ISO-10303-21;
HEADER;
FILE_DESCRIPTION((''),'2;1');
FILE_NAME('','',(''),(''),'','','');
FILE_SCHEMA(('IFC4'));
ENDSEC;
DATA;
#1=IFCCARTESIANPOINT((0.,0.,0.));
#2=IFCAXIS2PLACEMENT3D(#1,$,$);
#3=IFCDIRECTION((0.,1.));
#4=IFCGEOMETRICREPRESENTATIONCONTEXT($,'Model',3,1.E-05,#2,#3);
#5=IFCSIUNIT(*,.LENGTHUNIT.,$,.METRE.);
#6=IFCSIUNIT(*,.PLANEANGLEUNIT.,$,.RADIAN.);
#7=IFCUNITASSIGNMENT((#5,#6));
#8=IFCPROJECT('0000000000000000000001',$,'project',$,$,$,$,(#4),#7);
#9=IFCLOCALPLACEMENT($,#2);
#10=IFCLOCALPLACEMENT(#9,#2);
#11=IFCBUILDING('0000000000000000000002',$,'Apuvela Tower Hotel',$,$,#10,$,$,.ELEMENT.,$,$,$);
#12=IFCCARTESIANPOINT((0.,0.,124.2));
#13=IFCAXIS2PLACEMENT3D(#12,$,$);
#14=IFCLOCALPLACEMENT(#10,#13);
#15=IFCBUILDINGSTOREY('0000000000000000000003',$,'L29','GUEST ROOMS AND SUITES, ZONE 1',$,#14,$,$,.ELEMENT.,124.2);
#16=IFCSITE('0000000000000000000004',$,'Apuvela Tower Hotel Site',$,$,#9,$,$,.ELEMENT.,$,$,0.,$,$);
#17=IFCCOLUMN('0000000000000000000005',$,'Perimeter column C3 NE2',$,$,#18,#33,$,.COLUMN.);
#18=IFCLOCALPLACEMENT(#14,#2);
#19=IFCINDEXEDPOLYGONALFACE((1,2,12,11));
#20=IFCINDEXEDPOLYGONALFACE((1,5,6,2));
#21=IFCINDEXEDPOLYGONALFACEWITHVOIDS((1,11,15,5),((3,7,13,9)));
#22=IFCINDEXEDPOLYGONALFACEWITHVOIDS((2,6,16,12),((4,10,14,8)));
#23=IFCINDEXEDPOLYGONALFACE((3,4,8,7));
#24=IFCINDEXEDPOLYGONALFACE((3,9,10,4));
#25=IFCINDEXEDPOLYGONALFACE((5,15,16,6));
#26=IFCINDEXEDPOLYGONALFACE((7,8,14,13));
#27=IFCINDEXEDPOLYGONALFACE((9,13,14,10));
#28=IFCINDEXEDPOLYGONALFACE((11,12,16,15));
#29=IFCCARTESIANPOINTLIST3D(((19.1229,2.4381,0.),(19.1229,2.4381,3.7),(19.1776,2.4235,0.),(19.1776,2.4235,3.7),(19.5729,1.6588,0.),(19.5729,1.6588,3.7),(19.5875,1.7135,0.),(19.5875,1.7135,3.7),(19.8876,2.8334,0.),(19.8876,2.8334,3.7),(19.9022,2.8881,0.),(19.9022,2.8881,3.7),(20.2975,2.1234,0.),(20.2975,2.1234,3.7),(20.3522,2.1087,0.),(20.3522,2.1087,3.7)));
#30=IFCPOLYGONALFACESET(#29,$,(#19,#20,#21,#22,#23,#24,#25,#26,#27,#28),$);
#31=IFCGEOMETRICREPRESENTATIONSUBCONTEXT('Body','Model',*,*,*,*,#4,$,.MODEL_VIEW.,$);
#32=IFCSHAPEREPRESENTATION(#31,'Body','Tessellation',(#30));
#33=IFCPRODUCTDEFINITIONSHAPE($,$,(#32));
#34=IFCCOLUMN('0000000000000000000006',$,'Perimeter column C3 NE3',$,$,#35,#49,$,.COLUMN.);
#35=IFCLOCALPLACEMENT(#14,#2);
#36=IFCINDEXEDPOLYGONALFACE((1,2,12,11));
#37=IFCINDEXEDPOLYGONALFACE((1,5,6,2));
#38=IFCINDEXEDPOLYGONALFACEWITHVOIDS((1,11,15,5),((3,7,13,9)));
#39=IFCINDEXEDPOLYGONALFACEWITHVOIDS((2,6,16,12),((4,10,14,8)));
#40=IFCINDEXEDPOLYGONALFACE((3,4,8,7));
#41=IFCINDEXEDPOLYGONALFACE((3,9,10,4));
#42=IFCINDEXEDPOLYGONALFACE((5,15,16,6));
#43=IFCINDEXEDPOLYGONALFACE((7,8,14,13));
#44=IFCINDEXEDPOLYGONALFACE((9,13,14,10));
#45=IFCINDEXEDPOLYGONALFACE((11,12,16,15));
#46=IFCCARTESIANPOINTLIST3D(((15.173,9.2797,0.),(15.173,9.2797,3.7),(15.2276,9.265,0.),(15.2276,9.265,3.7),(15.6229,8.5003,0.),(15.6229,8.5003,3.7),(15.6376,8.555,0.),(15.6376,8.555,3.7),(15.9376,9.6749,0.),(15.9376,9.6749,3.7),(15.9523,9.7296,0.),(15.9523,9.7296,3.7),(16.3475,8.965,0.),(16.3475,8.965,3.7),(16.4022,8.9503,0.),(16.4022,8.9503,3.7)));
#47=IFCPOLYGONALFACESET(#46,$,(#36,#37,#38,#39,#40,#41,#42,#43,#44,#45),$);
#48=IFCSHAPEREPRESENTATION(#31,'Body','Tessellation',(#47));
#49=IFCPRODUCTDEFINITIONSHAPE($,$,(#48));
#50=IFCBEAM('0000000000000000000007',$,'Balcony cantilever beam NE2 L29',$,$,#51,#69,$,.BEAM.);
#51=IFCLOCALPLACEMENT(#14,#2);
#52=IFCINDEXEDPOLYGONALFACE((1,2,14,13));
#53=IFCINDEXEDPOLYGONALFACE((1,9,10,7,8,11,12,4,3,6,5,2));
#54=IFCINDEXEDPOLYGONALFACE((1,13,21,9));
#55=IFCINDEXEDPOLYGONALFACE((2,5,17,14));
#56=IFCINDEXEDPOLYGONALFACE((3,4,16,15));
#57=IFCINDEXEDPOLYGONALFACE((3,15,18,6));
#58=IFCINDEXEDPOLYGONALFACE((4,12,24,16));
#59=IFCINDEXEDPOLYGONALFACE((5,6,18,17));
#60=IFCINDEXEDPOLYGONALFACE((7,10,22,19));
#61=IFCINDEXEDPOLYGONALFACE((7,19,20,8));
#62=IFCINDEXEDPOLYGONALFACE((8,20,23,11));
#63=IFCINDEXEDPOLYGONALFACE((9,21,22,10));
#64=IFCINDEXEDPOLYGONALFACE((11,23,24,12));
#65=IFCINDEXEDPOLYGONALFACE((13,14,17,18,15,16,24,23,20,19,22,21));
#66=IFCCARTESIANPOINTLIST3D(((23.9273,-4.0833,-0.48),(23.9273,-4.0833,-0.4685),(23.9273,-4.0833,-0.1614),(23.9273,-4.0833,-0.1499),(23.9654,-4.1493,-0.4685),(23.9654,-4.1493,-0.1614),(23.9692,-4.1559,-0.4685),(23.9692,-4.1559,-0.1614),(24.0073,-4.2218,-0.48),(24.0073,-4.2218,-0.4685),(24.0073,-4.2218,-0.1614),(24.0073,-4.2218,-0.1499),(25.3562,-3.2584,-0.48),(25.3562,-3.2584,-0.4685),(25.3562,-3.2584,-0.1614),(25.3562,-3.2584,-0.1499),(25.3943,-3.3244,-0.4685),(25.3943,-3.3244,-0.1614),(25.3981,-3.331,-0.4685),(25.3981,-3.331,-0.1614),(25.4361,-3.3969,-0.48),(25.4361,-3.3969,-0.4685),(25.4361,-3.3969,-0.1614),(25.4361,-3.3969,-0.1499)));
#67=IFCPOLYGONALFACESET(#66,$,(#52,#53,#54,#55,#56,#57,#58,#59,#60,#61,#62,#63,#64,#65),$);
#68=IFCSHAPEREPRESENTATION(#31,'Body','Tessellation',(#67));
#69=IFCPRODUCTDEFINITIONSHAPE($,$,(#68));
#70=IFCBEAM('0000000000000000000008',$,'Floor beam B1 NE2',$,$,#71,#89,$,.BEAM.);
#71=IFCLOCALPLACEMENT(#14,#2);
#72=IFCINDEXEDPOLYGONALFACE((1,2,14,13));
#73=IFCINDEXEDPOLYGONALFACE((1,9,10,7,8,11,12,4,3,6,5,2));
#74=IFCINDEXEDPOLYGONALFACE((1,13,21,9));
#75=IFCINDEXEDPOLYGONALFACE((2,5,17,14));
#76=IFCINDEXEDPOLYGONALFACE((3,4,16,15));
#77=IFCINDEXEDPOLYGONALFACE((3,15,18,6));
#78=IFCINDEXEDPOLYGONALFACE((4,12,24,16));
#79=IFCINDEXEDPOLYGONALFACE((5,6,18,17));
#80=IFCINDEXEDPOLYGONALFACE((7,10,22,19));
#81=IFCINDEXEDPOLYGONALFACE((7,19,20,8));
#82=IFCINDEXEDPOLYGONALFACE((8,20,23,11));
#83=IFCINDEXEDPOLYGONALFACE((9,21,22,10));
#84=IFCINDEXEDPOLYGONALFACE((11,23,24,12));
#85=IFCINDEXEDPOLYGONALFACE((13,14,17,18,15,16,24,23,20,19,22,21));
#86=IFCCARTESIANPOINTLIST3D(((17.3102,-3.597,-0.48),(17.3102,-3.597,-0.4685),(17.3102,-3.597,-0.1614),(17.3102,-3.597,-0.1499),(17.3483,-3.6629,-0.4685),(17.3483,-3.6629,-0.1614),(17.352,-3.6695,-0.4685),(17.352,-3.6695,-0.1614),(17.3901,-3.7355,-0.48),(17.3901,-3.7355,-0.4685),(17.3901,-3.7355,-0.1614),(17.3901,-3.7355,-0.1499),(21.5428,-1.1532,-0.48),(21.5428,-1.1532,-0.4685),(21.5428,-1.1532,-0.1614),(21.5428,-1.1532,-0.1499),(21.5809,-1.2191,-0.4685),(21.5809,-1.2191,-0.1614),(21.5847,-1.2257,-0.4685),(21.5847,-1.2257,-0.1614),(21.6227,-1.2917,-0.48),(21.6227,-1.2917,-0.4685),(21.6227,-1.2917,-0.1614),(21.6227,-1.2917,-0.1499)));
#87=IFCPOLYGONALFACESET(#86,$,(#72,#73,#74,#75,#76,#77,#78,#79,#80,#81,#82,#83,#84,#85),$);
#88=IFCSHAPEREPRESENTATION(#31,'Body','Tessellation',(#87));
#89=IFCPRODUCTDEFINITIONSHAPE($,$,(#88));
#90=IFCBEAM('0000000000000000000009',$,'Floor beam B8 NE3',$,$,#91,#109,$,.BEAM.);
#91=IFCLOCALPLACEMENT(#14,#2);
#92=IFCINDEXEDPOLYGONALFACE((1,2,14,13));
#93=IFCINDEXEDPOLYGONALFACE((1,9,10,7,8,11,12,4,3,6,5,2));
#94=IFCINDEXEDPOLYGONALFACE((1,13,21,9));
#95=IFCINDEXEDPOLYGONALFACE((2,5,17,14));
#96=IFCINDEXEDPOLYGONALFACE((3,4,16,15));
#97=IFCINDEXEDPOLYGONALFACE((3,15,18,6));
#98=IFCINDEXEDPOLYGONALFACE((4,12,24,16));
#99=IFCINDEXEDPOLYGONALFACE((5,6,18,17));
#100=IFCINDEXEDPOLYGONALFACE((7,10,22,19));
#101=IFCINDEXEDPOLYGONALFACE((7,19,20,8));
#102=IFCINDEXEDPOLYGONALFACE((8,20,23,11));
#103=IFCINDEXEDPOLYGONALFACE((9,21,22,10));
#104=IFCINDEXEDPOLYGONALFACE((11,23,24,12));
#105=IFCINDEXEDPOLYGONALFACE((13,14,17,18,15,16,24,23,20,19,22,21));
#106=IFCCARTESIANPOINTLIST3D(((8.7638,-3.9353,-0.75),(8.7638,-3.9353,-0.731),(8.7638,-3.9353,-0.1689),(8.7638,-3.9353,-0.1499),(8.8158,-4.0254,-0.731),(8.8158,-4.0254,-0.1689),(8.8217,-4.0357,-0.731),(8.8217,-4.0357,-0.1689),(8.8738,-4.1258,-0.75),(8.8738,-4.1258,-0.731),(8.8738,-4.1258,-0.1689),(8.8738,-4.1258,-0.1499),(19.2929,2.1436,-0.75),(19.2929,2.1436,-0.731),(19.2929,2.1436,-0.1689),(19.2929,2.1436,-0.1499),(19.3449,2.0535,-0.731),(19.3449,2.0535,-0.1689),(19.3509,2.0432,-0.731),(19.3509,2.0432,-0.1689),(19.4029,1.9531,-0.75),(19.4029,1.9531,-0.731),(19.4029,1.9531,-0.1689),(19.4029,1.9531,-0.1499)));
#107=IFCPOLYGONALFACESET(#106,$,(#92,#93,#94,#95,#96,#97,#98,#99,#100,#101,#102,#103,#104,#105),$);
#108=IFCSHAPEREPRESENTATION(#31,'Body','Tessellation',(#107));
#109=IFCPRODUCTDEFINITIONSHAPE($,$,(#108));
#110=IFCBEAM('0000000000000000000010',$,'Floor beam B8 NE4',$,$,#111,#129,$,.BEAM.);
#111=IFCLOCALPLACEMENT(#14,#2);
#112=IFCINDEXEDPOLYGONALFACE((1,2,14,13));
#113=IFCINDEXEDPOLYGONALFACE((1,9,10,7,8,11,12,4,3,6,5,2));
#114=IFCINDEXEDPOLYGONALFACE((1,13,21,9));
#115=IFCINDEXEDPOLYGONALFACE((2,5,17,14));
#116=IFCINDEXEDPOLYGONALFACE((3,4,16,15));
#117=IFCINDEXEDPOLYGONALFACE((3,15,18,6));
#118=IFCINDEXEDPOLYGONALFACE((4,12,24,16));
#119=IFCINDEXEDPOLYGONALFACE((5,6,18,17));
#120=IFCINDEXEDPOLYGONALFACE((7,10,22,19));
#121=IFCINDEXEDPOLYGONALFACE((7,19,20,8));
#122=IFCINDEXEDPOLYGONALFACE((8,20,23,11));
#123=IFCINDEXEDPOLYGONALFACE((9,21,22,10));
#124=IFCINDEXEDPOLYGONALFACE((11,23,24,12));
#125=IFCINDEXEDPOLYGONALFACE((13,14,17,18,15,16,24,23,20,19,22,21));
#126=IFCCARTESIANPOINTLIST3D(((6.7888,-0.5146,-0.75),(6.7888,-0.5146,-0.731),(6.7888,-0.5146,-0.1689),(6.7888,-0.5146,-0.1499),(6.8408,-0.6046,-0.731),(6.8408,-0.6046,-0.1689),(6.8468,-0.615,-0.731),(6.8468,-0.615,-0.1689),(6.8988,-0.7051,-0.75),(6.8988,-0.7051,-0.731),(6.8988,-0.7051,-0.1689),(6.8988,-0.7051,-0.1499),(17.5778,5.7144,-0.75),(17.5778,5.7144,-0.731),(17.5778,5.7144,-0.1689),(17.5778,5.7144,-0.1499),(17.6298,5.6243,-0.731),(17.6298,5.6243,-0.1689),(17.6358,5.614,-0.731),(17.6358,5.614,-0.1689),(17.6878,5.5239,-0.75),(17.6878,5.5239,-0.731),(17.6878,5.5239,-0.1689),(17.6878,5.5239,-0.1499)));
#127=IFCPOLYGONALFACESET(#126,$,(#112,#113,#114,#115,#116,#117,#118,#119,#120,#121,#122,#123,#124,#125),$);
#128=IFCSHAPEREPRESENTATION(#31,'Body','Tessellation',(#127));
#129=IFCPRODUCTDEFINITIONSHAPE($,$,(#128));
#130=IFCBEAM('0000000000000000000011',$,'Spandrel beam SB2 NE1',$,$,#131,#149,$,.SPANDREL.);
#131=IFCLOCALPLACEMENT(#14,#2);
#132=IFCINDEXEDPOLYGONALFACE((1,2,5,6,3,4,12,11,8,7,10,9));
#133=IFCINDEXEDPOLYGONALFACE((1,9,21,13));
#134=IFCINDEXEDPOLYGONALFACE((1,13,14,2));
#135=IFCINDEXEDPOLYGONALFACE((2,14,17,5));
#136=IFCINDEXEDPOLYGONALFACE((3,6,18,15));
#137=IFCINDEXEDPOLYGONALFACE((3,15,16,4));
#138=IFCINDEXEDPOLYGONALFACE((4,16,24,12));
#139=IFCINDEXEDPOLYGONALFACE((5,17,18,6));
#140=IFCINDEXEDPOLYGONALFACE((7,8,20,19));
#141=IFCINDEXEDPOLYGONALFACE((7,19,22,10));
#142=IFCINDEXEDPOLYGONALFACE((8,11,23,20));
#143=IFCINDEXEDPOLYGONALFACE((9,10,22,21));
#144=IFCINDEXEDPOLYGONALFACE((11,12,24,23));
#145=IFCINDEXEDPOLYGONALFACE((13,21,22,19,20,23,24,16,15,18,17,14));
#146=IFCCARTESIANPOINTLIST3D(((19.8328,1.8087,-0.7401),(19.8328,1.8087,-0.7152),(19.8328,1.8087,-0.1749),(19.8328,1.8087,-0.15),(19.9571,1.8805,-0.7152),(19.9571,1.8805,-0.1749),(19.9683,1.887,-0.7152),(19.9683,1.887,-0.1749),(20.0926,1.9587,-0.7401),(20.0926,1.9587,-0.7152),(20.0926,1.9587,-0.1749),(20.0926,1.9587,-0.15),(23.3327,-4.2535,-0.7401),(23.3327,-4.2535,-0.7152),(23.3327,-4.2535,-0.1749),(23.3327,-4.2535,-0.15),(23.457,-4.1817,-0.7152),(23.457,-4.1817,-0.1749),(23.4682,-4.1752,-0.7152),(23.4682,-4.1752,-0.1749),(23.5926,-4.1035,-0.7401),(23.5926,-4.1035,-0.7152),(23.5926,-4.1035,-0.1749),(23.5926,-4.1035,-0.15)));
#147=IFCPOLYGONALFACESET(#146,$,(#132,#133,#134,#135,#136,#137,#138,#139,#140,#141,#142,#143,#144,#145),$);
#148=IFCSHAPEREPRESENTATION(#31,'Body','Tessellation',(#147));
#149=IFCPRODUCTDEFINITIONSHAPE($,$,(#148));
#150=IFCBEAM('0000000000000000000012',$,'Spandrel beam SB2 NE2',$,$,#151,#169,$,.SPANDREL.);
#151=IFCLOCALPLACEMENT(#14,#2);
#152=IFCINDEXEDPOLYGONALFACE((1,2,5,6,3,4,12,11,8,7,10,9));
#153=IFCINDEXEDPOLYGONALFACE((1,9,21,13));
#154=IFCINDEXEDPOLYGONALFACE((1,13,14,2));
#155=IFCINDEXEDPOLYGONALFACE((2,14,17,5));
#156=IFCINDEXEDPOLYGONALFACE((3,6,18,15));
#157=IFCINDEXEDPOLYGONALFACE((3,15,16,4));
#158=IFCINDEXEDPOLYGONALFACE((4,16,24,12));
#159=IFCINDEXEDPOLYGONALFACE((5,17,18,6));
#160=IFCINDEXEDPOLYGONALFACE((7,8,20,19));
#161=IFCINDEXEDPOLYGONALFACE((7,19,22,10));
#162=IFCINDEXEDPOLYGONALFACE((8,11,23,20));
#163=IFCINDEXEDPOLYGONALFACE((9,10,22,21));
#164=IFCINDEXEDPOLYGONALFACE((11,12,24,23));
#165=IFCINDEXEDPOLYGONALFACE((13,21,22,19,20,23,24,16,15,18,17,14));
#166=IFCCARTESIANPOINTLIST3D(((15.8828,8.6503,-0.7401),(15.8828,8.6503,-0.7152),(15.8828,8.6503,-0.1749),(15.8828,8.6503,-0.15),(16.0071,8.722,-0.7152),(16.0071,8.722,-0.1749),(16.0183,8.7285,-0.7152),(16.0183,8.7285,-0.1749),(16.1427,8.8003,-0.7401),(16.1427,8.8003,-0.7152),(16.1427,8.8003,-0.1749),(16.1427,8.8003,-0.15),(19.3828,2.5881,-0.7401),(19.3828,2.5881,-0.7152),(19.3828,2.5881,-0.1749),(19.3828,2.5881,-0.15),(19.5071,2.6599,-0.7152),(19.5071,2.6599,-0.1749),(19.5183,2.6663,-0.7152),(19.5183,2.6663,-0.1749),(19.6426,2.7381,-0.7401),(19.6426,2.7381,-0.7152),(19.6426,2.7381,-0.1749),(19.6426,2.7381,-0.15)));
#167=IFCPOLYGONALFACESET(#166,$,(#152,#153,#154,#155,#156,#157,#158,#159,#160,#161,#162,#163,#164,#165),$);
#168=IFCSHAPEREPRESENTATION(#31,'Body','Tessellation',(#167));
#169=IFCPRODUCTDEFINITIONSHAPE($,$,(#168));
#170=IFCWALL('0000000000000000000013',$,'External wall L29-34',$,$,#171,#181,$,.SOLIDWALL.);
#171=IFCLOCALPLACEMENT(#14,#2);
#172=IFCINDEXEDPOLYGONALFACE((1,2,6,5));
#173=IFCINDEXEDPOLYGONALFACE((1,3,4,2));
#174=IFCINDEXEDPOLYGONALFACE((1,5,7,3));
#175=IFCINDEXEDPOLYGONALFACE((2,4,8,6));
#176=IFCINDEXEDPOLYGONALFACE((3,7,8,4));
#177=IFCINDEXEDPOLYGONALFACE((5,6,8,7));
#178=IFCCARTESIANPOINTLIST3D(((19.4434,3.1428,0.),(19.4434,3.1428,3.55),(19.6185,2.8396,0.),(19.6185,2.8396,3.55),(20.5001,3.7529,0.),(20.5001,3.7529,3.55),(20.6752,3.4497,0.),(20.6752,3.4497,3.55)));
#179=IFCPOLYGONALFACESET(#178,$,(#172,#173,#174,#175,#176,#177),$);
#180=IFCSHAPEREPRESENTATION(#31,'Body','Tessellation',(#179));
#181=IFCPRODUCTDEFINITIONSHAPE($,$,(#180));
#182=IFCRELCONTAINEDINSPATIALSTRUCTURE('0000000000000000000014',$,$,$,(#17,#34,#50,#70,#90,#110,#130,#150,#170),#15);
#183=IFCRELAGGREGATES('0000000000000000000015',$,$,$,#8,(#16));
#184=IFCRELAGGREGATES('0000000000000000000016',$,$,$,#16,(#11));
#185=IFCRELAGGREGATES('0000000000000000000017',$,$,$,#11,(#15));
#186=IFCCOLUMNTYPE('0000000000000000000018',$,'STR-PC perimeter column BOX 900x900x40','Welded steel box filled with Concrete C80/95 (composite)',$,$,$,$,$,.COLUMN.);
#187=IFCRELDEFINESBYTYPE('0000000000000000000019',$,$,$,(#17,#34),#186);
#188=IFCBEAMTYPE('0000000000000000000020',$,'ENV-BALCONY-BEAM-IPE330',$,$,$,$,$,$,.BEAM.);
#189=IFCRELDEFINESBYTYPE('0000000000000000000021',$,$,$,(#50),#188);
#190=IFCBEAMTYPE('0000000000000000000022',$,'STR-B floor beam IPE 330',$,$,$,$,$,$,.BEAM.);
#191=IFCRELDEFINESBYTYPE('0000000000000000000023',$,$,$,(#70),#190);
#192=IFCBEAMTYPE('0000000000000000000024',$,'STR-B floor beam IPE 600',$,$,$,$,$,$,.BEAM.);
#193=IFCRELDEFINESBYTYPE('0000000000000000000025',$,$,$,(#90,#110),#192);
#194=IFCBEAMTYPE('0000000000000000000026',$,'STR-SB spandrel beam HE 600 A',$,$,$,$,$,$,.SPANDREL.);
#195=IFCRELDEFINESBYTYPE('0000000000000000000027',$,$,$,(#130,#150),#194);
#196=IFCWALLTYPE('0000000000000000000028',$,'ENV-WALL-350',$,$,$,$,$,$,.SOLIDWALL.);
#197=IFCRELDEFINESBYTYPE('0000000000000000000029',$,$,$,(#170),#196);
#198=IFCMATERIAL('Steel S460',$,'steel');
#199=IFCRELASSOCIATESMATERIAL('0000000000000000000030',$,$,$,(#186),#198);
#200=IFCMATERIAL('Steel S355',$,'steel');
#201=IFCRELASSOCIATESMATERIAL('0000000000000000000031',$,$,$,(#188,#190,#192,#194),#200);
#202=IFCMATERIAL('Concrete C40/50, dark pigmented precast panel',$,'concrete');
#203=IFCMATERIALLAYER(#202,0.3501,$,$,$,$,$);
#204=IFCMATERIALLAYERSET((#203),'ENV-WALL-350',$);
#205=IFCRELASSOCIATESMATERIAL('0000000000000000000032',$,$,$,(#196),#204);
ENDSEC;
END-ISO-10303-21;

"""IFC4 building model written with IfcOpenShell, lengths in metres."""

from ifc_helpers import new_model, si_unit, direction, frame, frame_2d, origin, origin_2d, place, context, subcontext, project, spatial, rectangle, hollow_rectangle, i_section, extrude, material, layer, layer_set, material_profile, profile_set, type_object, element, save


model = new_model("IFC4")

# Units and contexts
model_context = context("Model", 3, precision=1e-05, world=origin(), true_north=direction((0.0, 1.0)))
body_context = subcontext(model_context, "Body", "Model", "MODEL_VIEW")
ifc_project = project(units=[si_unit("LENGTHUNIT", "METRE"), si_unit("PLANEANGLEUNIT", "RADIAN")], contexts=[model_context])

# Site, building, storey
site_placement = place(None, origin())
site = spatial("IfcSite", under=ifc_project, at=site_placement, Name="Apuvela Tower Hotel Site", CompositionType="ELEMENT", RefElevation=0.0)
building_placement = place(site_placement, origin())
building = spatial("IfcBuilding", under=site, at=building_placement, Name="Apuvela Tower Hotel", CompositionType="ELEMENT")
storey_placement = place(building_placement, frame((0.0, 0.0, 124.2)))
storey = spatial("IfcBuildingStorey", under=building, at=storey_placement, Name="L29", Description="GUEST ROOMS AND SUITES, ZONE 1", CompositionType="ELEMENT", Elevation=124.2)

# Columns
ifc_material_1 = material(Name="Steel S460", Category="steel")
ifc_material_profile_1 = material_profile(ifc_material_1, hollow_rectangle(XDim=0.8999, YDim=0.8999, WallThickness=0.04, at=origin_2d()), Name="BOX 900x900x40")
ifc_material_2 = material(Name="Concrete C80/95", Category="concrete")
ifc_material_profile_2 = material_profile(ifc_material_2, rectangle(XDim=0.8201, YDim=0.8201, at=origin_2d()), Name="Concrete C80/95 infill")
ifc_profile_set_1 = profile_set([ifc_material_profile_1, ifc_material_profile_2], Name="Steel S460")
column_type = type_object("IfcColumnType", Name="STR-PC perimeter column BOX 900x900x40", Description="Welded steel box filled with Concrete C80/95 (composite)", PredefinedType="COLUMN", material=ifc_profile_set_1)
for number, where, z_axis, x_axis, name in (
    (1, (19.7375, 2.2734, 0.0), (0.0, 0.0, 1.0), (-0.5, 0.866025, 0.0), "Perimeter column C3 NE2"),
    (2, (15.7876, 9.115, 0.0), (0.0, 0.0, 1.0), (-0.5, 0.866025, 0.0), "Perimeter column C3 NE3"),
):
    element("IfcColumn", number, at=place(storey_placement, frame(where, z_axis=z_axis, x_axis=x_axis)), inside=storey, type_object=column_type, Name=name, PredefinedType="COLUMN", context=body_context, shape_type="SweptSolid", body=[
        extrude(hollow_rectangle(XDim=0.8999, YDim=0.8999, WallThickness=0.04, at=origin_2d()), origin(), (0.0, 0.0, 1.0), 3.7),
    ])

# Beams
ifc_material_3 = material(Name="Steel S355", Category="steel")
ifc_material_profile_3 = material_profile(ifc_material_3, i_section(OverallWidth=0.1599, OverallDepth=0.3301, WebThickness=0.0076, FlangeThickness=0.0115, at=origin_2d()), Name="IPE 330")
ifc_profile_set_2 = profile_set([ifc_material_profile_3], Name="Steel S355")
beam_type_1 = type_object("IfcBeamType", Name="ENV-BALCONY-BEAM-IPE330", PredefinedType="BEAM", material=ifc_profile_set_2)
beam_1_placement = place(storey_placement, frame((23.9673, -4.1526, -0.3149), z_axis=(0.86604, 0.499974, 0.0), x_axis=(-0.499974, 0.86604, 0.0)))
element("IfcBeam", 3, at=beam_1_placement, inside=storey, type_object=beam_type_1, Name="Balcony cantilever beam NE2 L29", PredefinedType="BEAM", context=body_context, shape_type="SweptSolid", body=[
    extrude(i_section(OverallWidth=0.1599, OverallDepth=0.3301, WebThickness=0.0076, FlangeThickness=0.0115, at=origin_2d()), origin(), (0.0, 0.0, 1.0), 1.6499),
])
ifc_material_profile_4 = material_profile(ifc_material_3, i_section(OverallWidth=0.1599, OverallDepth=0.3301, WebThickness=0.0076, FlangeThickness=0.0115, at=origin_2d()), Name="IPE 330")
ifc_profile_set_3 = profile_set([ifc_material_profile_4], Name="Steel S355")
beam_type_2 = type_object("IfcBeamType", Name="STR-B floor beam IPE 330", PredefinedType="BEAM", material=ifc_profile_set_3)
beam_2_placement = place(storey_placement, frame((21.5828, -1.2224, -0.3149), z_axis=(-0.866015, -0.500018, 0.0), x_axis=(0.500018, -0.866015, 0.0)))
element("IfcBeam", 4, at=beam_2_placement, inside=storey, type_object=beam_type_2, Name="Floor beam B1 NE2", PredefinedType="BEAM", context=body_context, shape_type="SweptSolid", body=[
    extrude(i_section(OverallWidth=0.1599, OverallDepth=0.3301, WebThickness=0.0076, FlangeThickness=0.0115, at=origin_2d()), origin(), (0.0, 0.0, 1.0), 4.8875),
])
ifc_material_profile_5 = material_profile(ifc_material_3, i_section(OverallWidth=0.22, OverallDepth=0.6001, WebThickness=0.012, FlangeThickness=0.019, at=origin_2d()), Name="IPE 600")
ifc_profile_set_4 = profile_set([ifc_material_profile_5], Name="Steel S355")
beam_type_3 = type_object("IfcBeamType", Name="STR-B floor beam IPE 600", PredefinedType="BEAM", material=ifc_profile_set_4)
beam_3_placement = place(storey_placement, frame((19.3479, 2.0483, -0.45), z_axis=(-0.866029, -0.499994, 0.0), x_axis=(0.499994, -0.866029, 0.0)))
element("IfcBeam", 5, at=beam_3_placement, inside=storey, type_object=beam_type_3, Name="Floor beam B8 NE3", PredefinedType="BEAM", context=body_context, shape_type="SweptSolid", body=[
    extrude(i_section(OverallWidth=0.22, OverallDepth=0.6001, WebThickness=0.012, FlangeThickness=0.019, at=origin_2d()), origin(), (0.0, 0.0, 1.0), 12.158),
])
beam_4_placement = place(storey_placement, frame((17.6328, 5.6191, -0.45), z_axis=(-0.866028, -0.499996, 0.0), x_axis=(0.499996, -0.866028, 0.0)))
element("IfcBeam", 6, at=beam_4_placement, inside=storey, type_object=beam_type_3, Name="Floor beam B8 NE4", PredefinedType="BEAM", context=body_context, shape_type="SweptSolid", body=[
    extrude(i_section(OverallWidth=0.22, OverallDepth=0.6001, WebThickness=0.012, FlangeThickness=0.019, at=origin_2d()), origin(), (0.0, 0.0, 1.0), 12.458),
])
ifc_material_profile_6 = material_profile(ifc_material_3, i_section(OverallWidth=0.3, OverallDepth=0.5901, WebThickness=0.0129, FlangeThickness=0.0249, at=origin_2d()), Name="HE 600 A")
ifc_profile_set_5 = profile_set([ifc_material_profile_6], Name="Steel S355")
beam_type_4 = type_object("IfcBeamType", Name="STR-SB spandrel beam HE 600 A", PredefinedType="SPANDREL", material=ifc_profile_set_5)
for number, where, z_axis, x_axis, name in (
    (7, (23.4626, -4.1785, -0.4451), (-0.499995, 0.866028, 0.0), (-0.866028, -0.499995, 0.0), "Spandrel beam SB2 NE1"),
    (8, (19.5127, 2.6631, -0.4451), (-0.499995, 0.866028, 0.0), (-0.866028, -0.499995, 0.0), "Spandrel beam SB2 NE2"),
):
    element("IfcBeam", number, at=place(storey_placement, frame(where, z_axis=z_axis, x_axis=x_axis)), inside=storey, type_object=beam_type_4, Name=name, PredefinedType="SPANDREL", context=body_context, shape_type="SweptSolid", body=[
        extrude(i_section(OverallWidth=0.3, OverallDepth=0.5901, WebThickness=0.0129, FlangeThickness=0.0249, at=origin_2d()), origin(), (0.0, 0.0, 1.0), 7.0),
    ])

# Wall
ifc_material_4 = material(Name="Concrete C40/50, dark pigmented precast panel", Category="concrete")
ifc_layer_1 = layer(ifc_material_4, 0.3501)
ifc_layer_set_1 = layer_set([ifc_layer_1], Name="ENV-WALL-350")
wall_type_1 = type_object("IfcWallType", Name="ENV-WALL-350", PredefinedType="SOLIDWALL", material=ifc_layer_set_1)
wall_1_placement = place(storey_placement, frame((20.5876, 3.6013, 0.0), z_axis=(0.0, 0.0, 1.0), x_axis=(-0.866006, -0.500034, 0.0)))
element("IfcWall", 9, at=wall_1_placement, inside=storey, type_object=wall_type_1, Name="External wall L29-34", PredefinedType="SOLIDWALL", context=body_context, shape_type="SweptSolid", body=[
    extrude(rectangle(XDim=1.2202, YDim=0.3501, at=frame_2d((0.6101, 0.0))), origin(), (0.0, 0.0, 1.0), 3.55),
])

save(model, "model.ifc")
